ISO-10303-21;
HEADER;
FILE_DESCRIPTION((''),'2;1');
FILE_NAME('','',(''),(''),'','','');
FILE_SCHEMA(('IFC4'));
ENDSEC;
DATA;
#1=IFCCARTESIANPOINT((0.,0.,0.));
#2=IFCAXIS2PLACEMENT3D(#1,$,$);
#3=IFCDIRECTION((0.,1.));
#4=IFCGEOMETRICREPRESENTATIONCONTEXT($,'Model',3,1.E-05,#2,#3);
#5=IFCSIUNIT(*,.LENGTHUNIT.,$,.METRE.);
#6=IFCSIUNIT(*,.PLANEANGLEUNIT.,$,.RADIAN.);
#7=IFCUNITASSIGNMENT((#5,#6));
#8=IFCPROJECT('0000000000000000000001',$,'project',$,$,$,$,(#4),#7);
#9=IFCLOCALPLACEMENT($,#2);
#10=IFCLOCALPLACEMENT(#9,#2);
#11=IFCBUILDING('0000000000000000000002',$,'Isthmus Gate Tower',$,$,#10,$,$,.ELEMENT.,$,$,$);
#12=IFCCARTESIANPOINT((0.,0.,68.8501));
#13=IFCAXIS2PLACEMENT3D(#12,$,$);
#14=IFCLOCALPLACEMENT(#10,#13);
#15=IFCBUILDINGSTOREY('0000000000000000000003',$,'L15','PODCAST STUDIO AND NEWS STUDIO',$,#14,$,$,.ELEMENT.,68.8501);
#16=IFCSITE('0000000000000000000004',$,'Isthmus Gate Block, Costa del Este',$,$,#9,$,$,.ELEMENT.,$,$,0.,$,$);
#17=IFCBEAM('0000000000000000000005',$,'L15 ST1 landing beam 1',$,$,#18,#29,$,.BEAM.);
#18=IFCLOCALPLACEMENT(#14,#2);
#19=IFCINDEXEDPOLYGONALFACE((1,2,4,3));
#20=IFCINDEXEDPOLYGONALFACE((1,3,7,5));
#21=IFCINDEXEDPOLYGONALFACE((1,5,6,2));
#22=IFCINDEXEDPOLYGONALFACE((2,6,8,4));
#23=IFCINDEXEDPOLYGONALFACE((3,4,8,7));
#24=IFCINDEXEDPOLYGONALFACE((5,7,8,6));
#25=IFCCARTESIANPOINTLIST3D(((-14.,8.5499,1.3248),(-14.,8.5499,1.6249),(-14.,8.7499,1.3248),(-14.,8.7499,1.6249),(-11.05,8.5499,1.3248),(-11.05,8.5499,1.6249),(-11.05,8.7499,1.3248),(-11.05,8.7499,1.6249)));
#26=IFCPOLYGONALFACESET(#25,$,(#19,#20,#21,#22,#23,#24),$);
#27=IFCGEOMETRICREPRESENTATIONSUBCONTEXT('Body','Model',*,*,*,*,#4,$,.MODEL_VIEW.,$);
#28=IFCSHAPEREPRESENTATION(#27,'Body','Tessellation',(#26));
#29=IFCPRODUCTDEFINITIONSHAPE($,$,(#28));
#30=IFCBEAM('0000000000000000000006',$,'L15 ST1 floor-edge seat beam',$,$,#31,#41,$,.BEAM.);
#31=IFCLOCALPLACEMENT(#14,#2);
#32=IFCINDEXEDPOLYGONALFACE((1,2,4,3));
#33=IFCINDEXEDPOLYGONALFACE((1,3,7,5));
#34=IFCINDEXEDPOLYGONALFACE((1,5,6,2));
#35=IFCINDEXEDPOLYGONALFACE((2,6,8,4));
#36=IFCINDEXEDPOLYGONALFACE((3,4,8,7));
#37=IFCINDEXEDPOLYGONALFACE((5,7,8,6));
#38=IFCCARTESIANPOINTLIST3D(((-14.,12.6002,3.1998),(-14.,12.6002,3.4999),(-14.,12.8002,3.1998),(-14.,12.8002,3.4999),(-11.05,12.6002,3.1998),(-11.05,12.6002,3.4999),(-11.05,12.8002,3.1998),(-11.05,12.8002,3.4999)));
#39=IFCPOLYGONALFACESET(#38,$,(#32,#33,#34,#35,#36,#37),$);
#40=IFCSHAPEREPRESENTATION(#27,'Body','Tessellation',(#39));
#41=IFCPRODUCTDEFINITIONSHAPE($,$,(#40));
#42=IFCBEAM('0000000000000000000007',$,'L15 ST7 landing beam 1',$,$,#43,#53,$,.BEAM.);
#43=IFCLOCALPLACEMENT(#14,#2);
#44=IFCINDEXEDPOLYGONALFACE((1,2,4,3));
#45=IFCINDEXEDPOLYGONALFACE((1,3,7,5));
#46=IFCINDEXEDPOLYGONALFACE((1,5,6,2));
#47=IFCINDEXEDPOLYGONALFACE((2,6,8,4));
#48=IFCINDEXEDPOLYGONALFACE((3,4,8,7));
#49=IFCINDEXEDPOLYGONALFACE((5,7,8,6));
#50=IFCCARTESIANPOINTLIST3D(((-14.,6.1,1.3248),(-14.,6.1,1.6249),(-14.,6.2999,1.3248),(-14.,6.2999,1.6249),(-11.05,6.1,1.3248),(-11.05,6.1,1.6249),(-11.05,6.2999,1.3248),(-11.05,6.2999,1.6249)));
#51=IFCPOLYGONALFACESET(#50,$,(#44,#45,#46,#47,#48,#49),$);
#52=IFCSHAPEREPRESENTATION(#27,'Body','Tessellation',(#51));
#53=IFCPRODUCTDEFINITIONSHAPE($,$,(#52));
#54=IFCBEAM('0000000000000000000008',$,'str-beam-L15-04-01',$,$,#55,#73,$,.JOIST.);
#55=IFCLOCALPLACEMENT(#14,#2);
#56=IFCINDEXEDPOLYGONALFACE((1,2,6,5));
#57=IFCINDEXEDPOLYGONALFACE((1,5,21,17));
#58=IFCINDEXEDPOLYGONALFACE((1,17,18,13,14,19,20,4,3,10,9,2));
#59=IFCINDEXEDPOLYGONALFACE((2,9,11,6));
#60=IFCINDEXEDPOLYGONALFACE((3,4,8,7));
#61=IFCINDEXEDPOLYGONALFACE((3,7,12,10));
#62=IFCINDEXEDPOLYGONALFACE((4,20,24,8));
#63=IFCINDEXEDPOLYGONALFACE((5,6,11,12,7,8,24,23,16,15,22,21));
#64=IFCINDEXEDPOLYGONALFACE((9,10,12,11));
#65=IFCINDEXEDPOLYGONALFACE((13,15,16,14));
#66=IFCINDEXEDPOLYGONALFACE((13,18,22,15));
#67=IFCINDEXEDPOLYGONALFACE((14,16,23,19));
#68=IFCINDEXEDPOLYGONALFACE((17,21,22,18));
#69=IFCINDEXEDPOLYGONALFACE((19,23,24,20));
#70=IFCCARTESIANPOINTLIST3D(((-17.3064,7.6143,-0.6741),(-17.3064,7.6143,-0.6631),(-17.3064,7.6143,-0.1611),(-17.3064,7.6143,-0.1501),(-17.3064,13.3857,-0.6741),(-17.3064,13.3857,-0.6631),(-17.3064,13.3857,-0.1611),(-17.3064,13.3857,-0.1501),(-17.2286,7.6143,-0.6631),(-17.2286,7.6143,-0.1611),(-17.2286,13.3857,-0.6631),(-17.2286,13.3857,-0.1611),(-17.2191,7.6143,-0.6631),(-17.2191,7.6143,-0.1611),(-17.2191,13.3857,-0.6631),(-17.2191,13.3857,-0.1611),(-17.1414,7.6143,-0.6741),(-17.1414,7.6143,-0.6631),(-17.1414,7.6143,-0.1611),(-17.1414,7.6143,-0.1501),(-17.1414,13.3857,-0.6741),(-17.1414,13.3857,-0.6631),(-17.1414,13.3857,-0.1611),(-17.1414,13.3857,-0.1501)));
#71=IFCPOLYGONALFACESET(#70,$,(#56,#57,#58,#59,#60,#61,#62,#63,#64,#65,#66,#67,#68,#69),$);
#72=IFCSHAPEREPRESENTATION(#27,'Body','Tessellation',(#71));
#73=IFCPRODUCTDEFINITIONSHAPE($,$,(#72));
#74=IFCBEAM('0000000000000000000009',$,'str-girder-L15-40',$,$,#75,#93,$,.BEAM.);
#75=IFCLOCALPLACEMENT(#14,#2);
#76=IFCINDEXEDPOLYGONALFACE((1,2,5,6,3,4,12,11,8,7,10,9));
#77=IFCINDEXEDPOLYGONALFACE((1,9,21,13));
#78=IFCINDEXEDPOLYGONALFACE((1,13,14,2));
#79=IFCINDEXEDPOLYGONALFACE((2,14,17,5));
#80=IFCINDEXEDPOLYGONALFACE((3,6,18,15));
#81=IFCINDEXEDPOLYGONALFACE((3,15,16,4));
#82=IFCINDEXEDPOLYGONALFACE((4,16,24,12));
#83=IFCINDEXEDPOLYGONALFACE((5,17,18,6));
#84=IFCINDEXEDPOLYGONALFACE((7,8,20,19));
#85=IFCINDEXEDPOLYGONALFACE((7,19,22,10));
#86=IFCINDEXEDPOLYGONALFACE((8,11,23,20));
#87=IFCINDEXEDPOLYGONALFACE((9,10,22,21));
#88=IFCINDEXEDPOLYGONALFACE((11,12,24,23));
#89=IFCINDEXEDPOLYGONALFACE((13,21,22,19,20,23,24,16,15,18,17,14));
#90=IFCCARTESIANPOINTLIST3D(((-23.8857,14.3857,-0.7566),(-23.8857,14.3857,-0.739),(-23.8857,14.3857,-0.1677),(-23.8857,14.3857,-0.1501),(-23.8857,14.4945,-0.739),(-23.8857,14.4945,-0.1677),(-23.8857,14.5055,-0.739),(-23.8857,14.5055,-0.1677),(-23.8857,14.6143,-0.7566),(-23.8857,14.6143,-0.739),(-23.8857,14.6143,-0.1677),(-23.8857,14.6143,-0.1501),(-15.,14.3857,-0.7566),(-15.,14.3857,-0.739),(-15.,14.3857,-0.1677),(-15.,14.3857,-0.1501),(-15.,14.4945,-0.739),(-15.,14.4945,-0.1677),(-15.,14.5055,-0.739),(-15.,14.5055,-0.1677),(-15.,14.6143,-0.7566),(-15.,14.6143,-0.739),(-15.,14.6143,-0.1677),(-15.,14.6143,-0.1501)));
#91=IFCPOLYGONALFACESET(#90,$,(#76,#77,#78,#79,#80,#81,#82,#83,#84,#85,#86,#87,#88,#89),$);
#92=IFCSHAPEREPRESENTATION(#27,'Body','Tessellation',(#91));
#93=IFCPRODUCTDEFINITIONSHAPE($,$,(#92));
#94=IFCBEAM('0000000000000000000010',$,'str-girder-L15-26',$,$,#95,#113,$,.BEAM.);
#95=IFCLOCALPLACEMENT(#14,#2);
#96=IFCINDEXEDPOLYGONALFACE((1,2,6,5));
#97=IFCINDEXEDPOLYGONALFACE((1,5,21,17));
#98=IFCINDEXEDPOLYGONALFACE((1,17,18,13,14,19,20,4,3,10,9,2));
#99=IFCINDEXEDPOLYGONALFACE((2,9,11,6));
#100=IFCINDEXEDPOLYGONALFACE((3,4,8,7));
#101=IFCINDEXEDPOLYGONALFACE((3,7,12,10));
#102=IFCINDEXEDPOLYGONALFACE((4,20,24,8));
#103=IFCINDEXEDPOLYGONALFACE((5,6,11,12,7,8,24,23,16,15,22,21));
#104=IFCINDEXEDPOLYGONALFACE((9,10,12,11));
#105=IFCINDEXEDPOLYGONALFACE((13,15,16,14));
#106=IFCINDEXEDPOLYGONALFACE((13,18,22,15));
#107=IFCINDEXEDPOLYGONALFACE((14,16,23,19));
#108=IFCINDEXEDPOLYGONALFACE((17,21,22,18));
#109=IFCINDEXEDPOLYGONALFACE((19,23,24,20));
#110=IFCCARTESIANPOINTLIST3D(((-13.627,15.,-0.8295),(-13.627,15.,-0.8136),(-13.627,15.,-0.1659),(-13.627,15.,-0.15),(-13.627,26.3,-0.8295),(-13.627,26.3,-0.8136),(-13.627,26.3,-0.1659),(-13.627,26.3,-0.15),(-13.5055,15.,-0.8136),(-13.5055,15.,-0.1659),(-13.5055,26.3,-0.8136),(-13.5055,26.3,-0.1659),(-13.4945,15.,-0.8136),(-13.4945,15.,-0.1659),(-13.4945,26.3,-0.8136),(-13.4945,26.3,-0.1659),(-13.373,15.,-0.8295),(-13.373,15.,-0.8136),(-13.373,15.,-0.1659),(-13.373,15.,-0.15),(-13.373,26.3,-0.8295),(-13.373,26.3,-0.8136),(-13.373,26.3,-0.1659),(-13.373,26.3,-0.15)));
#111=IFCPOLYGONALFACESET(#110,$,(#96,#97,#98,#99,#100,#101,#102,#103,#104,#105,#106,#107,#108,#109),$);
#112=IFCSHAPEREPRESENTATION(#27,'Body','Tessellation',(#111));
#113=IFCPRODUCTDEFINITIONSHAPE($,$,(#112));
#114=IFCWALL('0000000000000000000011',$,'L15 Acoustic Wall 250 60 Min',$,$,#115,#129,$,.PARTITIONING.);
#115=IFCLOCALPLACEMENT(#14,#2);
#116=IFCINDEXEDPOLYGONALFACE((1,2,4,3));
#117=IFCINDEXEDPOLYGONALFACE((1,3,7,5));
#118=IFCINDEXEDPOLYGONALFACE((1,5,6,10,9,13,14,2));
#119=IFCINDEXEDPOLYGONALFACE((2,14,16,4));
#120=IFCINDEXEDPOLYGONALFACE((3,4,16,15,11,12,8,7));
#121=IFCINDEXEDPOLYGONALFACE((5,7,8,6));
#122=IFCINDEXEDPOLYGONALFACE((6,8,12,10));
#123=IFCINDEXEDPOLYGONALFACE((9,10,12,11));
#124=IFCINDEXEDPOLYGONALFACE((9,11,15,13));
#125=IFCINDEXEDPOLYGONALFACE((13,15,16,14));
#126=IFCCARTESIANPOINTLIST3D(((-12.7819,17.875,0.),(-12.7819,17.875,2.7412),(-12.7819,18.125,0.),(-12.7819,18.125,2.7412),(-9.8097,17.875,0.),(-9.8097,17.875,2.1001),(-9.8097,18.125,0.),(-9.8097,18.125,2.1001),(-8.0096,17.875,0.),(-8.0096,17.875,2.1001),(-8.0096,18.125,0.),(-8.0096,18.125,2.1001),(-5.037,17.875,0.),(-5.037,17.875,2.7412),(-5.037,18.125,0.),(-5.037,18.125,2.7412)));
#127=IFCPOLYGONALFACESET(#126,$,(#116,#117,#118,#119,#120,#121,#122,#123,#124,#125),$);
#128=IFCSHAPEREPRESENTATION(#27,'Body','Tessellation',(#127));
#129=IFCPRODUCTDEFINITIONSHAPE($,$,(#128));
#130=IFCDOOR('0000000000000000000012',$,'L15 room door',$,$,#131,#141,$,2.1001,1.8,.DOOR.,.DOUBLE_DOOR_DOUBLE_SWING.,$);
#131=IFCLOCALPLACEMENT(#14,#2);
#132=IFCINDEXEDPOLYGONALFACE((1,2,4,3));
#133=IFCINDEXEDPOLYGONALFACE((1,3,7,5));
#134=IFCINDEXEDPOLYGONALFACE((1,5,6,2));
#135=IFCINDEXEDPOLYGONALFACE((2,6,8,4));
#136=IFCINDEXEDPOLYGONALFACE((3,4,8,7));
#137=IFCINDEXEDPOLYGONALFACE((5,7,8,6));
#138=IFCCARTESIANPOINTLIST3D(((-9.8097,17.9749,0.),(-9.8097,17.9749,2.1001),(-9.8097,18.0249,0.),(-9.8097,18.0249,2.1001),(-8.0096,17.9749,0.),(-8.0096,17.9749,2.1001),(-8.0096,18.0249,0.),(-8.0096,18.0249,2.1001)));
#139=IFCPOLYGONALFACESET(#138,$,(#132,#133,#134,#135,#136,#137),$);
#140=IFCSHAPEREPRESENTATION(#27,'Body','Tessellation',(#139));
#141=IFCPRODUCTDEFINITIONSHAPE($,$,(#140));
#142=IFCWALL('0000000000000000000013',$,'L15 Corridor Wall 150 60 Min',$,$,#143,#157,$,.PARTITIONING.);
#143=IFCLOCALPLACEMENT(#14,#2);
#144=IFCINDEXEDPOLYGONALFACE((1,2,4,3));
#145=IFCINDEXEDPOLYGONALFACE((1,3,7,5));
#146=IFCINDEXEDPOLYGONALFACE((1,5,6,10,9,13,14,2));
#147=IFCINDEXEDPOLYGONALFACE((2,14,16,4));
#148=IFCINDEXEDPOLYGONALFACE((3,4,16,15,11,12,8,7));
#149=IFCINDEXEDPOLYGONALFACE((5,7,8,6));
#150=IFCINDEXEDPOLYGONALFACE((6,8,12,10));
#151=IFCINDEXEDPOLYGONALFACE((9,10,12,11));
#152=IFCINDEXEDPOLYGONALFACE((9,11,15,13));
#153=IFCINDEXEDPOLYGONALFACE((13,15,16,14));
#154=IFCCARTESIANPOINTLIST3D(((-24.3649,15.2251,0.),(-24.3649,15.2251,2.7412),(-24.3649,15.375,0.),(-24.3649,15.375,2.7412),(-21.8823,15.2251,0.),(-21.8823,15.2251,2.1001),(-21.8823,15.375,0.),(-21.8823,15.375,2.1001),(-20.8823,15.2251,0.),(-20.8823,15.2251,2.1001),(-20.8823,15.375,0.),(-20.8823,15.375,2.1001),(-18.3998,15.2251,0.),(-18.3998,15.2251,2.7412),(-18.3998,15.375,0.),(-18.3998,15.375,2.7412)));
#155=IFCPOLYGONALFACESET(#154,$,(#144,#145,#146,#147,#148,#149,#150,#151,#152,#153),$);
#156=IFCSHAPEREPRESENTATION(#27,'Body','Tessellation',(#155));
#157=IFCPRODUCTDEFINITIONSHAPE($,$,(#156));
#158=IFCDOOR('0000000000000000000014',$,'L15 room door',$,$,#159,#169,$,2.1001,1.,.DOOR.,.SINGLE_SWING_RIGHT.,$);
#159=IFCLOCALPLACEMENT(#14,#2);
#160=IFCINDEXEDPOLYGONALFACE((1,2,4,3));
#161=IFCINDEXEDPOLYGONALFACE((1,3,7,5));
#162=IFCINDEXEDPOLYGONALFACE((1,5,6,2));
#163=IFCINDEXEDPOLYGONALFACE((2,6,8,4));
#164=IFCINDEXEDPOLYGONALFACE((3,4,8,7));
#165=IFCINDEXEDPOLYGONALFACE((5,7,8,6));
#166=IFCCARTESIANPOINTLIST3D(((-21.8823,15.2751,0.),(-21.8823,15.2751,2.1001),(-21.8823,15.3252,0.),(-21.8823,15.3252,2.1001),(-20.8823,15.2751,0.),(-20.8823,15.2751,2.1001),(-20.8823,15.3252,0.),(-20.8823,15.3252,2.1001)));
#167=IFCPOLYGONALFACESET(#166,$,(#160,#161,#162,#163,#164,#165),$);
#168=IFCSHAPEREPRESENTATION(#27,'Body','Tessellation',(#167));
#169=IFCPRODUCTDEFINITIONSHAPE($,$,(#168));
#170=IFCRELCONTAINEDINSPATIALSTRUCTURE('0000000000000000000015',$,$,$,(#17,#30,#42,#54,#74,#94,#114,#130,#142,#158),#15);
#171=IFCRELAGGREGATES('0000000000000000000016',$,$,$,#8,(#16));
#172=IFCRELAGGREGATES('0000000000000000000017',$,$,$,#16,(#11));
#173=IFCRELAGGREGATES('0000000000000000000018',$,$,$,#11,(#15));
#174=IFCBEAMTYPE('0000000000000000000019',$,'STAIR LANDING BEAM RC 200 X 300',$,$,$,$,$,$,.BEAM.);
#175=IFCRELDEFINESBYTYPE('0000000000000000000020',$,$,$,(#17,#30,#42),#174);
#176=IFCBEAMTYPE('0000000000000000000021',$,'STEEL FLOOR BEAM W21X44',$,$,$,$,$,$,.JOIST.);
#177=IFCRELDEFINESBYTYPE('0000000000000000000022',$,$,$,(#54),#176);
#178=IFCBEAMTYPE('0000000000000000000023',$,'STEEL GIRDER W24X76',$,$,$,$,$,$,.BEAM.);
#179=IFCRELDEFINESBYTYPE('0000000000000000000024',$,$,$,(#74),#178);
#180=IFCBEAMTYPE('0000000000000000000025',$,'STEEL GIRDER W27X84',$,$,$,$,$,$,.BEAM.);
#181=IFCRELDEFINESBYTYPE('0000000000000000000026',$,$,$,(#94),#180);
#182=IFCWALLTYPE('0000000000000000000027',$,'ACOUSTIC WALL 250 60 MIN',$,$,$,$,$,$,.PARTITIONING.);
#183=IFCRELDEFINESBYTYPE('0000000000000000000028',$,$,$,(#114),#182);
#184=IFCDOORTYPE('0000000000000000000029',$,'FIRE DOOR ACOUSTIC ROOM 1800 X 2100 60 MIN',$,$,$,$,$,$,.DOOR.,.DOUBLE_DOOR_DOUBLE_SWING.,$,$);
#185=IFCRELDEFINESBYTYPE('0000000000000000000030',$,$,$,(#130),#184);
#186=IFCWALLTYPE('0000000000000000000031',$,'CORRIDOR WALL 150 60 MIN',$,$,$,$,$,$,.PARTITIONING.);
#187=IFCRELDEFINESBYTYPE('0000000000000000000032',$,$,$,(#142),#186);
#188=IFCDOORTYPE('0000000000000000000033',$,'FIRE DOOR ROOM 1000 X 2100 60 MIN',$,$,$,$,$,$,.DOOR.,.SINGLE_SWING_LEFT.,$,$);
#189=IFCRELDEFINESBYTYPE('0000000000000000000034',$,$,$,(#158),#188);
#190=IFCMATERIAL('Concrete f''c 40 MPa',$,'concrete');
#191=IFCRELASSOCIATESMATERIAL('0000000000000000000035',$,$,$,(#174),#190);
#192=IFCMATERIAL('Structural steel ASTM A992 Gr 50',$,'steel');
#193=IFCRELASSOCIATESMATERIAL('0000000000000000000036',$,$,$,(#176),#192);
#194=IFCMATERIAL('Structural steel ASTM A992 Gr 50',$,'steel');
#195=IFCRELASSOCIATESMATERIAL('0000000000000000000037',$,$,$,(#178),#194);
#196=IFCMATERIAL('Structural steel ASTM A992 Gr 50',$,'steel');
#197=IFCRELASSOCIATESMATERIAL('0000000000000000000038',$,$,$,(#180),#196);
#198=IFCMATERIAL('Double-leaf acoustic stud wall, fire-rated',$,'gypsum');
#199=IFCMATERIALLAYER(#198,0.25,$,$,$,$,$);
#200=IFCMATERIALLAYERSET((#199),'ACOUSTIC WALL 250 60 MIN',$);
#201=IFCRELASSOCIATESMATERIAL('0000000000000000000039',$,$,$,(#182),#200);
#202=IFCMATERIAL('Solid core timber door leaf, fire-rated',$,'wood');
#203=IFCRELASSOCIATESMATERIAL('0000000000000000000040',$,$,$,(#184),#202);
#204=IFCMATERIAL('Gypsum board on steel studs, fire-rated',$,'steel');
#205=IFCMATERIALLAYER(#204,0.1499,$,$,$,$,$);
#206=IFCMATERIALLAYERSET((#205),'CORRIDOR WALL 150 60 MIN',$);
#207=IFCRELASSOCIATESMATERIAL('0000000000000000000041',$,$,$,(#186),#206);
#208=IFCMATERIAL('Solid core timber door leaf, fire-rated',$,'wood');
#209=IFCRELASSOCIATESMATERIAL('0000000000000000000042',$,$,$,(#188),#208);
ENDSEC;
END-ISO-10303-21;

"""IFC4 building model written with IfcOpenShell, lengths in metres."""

from ifc_helpers import new_model, si_unit, direction, frame, frame_2d, origin, origin_2d, place, context, subcontext, project, spatial, rectangle, i_section, extrude, material, layer, layer_set, material_profile, profile_set, type_object, element, fill, save


model = new_model("IFC4")

# Units and contexts
model_context = context("Model", 3, precision=1e-05, world=origin(), true_north=direction((0.0, 1.0)))
body_context = subcontext(model_context, "Body", "Model", "MODEL_VIEW")
ifc_project = project(units=[si_unit("LENGTHUNIT", "METRE"), si_unit("PLANEANGLEUNIT", "RADIAN")], contexts=[model_context])

# Site, building, storey
site_placement = place(None, origin())
site = spatial("IfcSite", under=ifc_project, at=site_placement, Name="Isthmus Gate Block, Costa del Este", CompositionType="ELEMENT", RefElevation=0.0)
building_placement = place(site_placement, origin())
building = spatial("IfcBuilding", under=site, at=building_placement, Name="Isthmus Gate Tower", CompositionType="ELEMENT")
storey_placement = place(building_placement, frame((0.0, 0.0, 68.8501)))
storey = spatial("IfcBuildingStorey", under=building, at=storey_placement, Name="L15", Description="PODCAST STUDIO AND NEWS STUDIO", CompositionType="ELEMENT", Elevation=68.8501)

# Beams
ifc_material_1 = material(Name="Concrete f'c 40 MPa", Category="concrete")
ifc_material_profile_1 = material_profile(ifc_material_1, rectangle(XDim=0.2, YDim=0.3, at=origin_2d()), Name="STAIR LANDING BEAM RC 200 X 300")
ifc_profile_set_1 = profile_set([ifc_material_profile_1], Name="Concrete f'c 40 MPa")
beam_type_1 = type_object("IfcBeamType", Name="STAIR LANDING BEAM RC 200 X 300", PredefinedType="BEAM", material=ifc_profile_set_1)
for number, where, z_axis, x_axis, name in (
    (1, (-14.0, 8.6499, 1.4749), (1.0, 0.0, 0.0), (0.0, 1.0, 0.0), "L15 ST1 landing beam 1"),
    (2, (-14.0, 12.7002, 3.3499), (1.0, 0.0, 0.0), (0.0, 1.0, 0.0), "L15 ST1 floor-edge seat beam"),
    (3, (-14.0, 6.2, 1.4749), (1.0, 0.0, 0.0), (0.0, 1.0, 0.0), "L15 ST7 landing beam 1"),
):
    element("IfcBeam", number, at=place(storey_placement, frame(where, z_axis=z_axis, x_axis=x_axis)), inside=storey, type_object=beam_type_1, Name=name, PredefinedType="BEAM", context=body_context, shape_type="SweptSolid", body=[
        extrude(rectangle(XDim=0.2, YDim=0.3, at=origin_2d()), origin(), (0.0, 0.0, 1.0), 2.95),
    ])
ifc_material_2 = material(Name="Structural steel ASTM A992 Gr 50", Category="steel")
ifc_material_profile_2 = material_profile(ifc_material_2, i_section(OverallWidth=0.165, OverallDepth=0.5239, WebThickness=0.0095, FlangeThickness=0.011, at=origin_2d()), Name="W21X44")
ifc_profile_set_2 = profile_set([ifc_material_profile_2], Name="Structural steel ASTM A992 Gr 50")
beam_type_2 = type_object("IfcBeamType", Name="STEEL FLOOR BEAM W21X44", PredefinedType="JOIST", material=ifc_profile_set_2)
beam_1_placement = place(storey_placement, frame((-17.2239, 7.6143, -0.4121), z_axis=(0.0, 1.0, 0.0), x_axis=(-1.0, 0.0, 0.0)))
element("IfcBeam", 4, at=beam_1_placement, inside=storey, type_object=beam_type_2, Name="str-beam-L15-04-01", PredefinedType="JOIST", context=body_context, shape_type="SweptSolid", body=[
    extrude(i_section(OverallWidth=0.165, OverallDepth=0.5239, WebThickness=0.0095, FlangeThickness=0.011, at=origin_2d()), origin(), (0.0, 0.0, 1.0), 5.7715),
])
ifc_material_3 = material(Name="Structural steel ASTM A992 Gr 50", Category="steel")
ifc_material_profile_3 = material_profile(ifc_material_3, i_section(OverallWidth=0.2285, OverallDepth=0.6064, WebThickness=0.011, FlangeThickness=0.0176, at=origin_2d()), Name="W24X76")
ifc_profile_set_3 = profile_set([ifc_material_profile_3], Name="Structural steel ASTM A992 Gr 50")
beam_type_3 = type_object("IfcBeamType", Name="STEEL GIRDER W24X76", PredefinedType="BEAM", material=ifc_profile_set_3)
beam_2_placement = place(storey_placement, frame((-15.0, 14.5, -0.4534), z_axis=(-1.0, 0.0, 0.0), x_axis=(0.0, -1.0, 0.0)))
element("IfcBeam", 5, at=beam_2_placement, inside=storey, type_object=beam_type_3, Name="str-girder-L15-40", PredefinedType="BEAM", context=body_context, shape_type="SweptSolid", body=[
    extrude(i_section(OverallWidth=0.2285, OverallDepth=0.6064, WebThickness=0.011, FlangeThickness=0.0176, at=origin_2d()), origin(), (0.0, 0.0, 1.0), 8.8857),
])
ifc_material_4 = material(Name="Structural steel ASTM A992 Gr 50", Category="steel")
ifc_material_profile_4 = material_profile(ifc_material_4, i_section(OverallWidth=0.2539, OverallDepth=0.6794, WebThickness=0.011, FlangeThickness=0.0159, at=origin_2d()), Name="W27X84")
ifc_profile_set_4 = profile_set([ifc_material_profile_4], Name="Structural steel ASTM A992 Gr 50")
beam_type_4 = type_object("IfcBeamType", Name="STEEL GIRDER W27X84", PredefinedType="BEAM", material=ifc_profile_set_4)
beam_3_placement = place(storey_placement, frame((-13.5, 15.0, -0.4897), z_axis=(0.0, 1.0, 0.0), x_axis=(-1.0, 0.0, 0.0)))
element("IfcBeam", 6, at=beam_3_placement, inside=storey, type_object=beam_type_4, Name="str-girder-L15-26", PredefinedType="BEAM", context=body_context, shape_type="SweptSolid", body=[
    extrude(i_section(OverallWidth=0.2539, OverallDepth=0.6794, WebThickness=0.011, FlangeThickness=0.0159, at=origin_2d()), origin(), (0.0, 0.0, 1.0), 11.3),
])

# Walls, openings, doors
ifc_material_5 = material(Name="Double-leaf acoustic stud wall, fire-rated", Category="gypsum")
ifc_layer_1 = layer(ifc_material_5, 0.25)
ifc_layer_set_1 = layer_set([ifc_layer_1], Name="ACOUSTIC WALL 250 60 MIN")
wall_type_1 = type_object("IfcWallType", Name="ACOUSTIC WALL 250 60 MIN", PredefinedType="PARTITIONING", material=ifc_layer_set_1)
wall_1_placement = place(storey_placement, frame((-12.782, 18.0, 0.0), z_axis=(0.0, 0.0, 1.0), x_axis=(1.0, 0.0, 0.0)))
wall_1 = element("IfcWall", 7, at=wall_1_placement, inside=storey, type_object=wall_type_1, Name="L15 Acoustic Wall 250 60 Min", PredefinedType="PARTITIONING", context=body_context, shape_type="SweptSolid", body=[
    extrude(rectangle(XDim=7.7449, YDim=0.25, at=frame_2d((3.8726, 0.0))), origin(), (0.0, 0.0, 1.0), 2.7412),
])
opening_1_placement = place(wall_1_placement, frame((2.9724, 0.0, 0.0)))
opening_1 = element("IfcOpeningElement", 8, at=opening_1_placement, cuts=wall_1, PredefinedType="OPENING", context=body_context, shape_type="SweptSolid", body=[
    extrude(rectangle(XDim=1.8, YDim=2.1001, at=frame_2d((0.8999, 1.05))), frame((0.0, 0.135, 0.0), z_axis=(0.0, -1.0, 0.0), x_axis=(1.0, 0.0, 0.0)), (0.0, 0.0, 1.0), 0.27),
])
ifc_material_6 = material(Name="Solid core timber door leaf, fire-rated", Category="wood")
door_type_1 = type_object("IfcDoorType", Name="FIRE DOOR ACOUSTIC ROOM 1800 X 2100 60 MIN", OperationType="DOUBLE_DOOR_DOUBLE_SWING", PredefinedType="DOOR", material=ifc_material_6)
door_1_placement = place(opening_1_placement, origin())
door_1 = element("IfcDoor", 9, at=door_1_placement, inside=storey, type_object=door_type_1, Name="L15 room door", OperationType="DOUBLE_DOOR_DOUBLE_SWING", OverallHeight=2.1001, OverallWidth=1.8, PredefinedType="DOOR", context=body_context, shape_type="SweptSolid", body=[
    extrude(rectangle(XDim=1.8, YDim=2.1001, at=frame_2d((0.8999, 1.05))), frame((0.0, 0.0249, 0.0), z_axis=(0.0, -1.0, 0.0), x_axis=(1.0, 0.0, 0.0)), (0.0, 0.0, 1.0), 0.05),
])
fill(opening_1, door_1)
ifc_material_7 = material(Name="Gypsum board on steel studs, fire-rated", Category="steel")
ifc_layer_2 = layer(ifc_material_7, 0.1499)
ifc_layer_set_2 = layer_set([ifc_layer_2], Name="CORRIDOR WALL 150 60 MIN")
wall_type_2 = type_object("IfcWallType", Name="CORRIDOR WALL 150 60 MIN", PredefinedType="PARTITIONING", material=ifc_layer_set_2)
wall_2_placement = place(storey_placement, frame((-18.3999, 15.3, 0.0), z_axis=(0.0, 0.0, 1.0), x_axis=(-1.0, 0.0, 0.0)))
wall_2 = element("IfcWall", 10, at=wall_2_placement, inside=storey, type_object=wall_type_2, Name="L15 Corridor Wall 150 60 Min", PredefinedType="PARTITIONING", context=body_context, shape_type="SweptSolid", body=[
    extrude(rectangle(XDim=5.9651, YDim=0.1499, at=frame_2d((2.9824, 0.0))), origin(), (0.0, 0.0, 1.0), 2.7412),
])
opening_2_placement = place(wall_2_placement, frame((2.4824, 0.0, 0.0)))
opening_2 = element("IfcOpeningElement", 11, at=opening_2_placement, cuts=wall_2, PredefinedType="OPENING", context=body_context, shape_type="SweptSolid", body=[
    extrude(rectangle(XDim=1.0, YDim=2.1001, at=frame_2d((0.5, 1.05))), frame((0.0, 0.085, 0.0), z_axis=(0.0, -1.0, 0.0), x_axis=(1.0, 0.0, 0.0)), (0.0, 0.0, 1.0), 0.1699),
])
ifc_material_8 = material(Name="Solid core timber door leaf, fire-rated", Category="wood")
door_type_2 = type_object("IfcDoorType", Name="FIRE DOOR ROOM 1000 X 2100 60 MIN", OperationType="SINGLE_SWING_LEFT", PredefinedType="DOOR", material=ifc_material_8)
door_2_placement = place(opening_2_placement, origin())
door_2 = element("IfcDoor", 12, at=door_2_placement, inside=storey, type_object=door_type_2, Name="L15 room door", OperationType="SINGLE_SWING_RIGHT", OverallHeight=2.1001, OverallWidth=1.0, PredefinedType="DOOR", context=body_context, shape_type="SweptSolid", body=[
    extrude(rectangle(XDim=1.0, YDim=2.1001, at=frame_2d((0.5, 1.05))), frame((0.0, 0.0249, 0.0), z_axis=(0.0, -1.0, 0.0), x_axis=(1.0, 0.0, 0.0)), (0.0, 0.0, 1.0), 0.05),
])
fill(opening_2, door_2)

save(model, "model.ifc")
